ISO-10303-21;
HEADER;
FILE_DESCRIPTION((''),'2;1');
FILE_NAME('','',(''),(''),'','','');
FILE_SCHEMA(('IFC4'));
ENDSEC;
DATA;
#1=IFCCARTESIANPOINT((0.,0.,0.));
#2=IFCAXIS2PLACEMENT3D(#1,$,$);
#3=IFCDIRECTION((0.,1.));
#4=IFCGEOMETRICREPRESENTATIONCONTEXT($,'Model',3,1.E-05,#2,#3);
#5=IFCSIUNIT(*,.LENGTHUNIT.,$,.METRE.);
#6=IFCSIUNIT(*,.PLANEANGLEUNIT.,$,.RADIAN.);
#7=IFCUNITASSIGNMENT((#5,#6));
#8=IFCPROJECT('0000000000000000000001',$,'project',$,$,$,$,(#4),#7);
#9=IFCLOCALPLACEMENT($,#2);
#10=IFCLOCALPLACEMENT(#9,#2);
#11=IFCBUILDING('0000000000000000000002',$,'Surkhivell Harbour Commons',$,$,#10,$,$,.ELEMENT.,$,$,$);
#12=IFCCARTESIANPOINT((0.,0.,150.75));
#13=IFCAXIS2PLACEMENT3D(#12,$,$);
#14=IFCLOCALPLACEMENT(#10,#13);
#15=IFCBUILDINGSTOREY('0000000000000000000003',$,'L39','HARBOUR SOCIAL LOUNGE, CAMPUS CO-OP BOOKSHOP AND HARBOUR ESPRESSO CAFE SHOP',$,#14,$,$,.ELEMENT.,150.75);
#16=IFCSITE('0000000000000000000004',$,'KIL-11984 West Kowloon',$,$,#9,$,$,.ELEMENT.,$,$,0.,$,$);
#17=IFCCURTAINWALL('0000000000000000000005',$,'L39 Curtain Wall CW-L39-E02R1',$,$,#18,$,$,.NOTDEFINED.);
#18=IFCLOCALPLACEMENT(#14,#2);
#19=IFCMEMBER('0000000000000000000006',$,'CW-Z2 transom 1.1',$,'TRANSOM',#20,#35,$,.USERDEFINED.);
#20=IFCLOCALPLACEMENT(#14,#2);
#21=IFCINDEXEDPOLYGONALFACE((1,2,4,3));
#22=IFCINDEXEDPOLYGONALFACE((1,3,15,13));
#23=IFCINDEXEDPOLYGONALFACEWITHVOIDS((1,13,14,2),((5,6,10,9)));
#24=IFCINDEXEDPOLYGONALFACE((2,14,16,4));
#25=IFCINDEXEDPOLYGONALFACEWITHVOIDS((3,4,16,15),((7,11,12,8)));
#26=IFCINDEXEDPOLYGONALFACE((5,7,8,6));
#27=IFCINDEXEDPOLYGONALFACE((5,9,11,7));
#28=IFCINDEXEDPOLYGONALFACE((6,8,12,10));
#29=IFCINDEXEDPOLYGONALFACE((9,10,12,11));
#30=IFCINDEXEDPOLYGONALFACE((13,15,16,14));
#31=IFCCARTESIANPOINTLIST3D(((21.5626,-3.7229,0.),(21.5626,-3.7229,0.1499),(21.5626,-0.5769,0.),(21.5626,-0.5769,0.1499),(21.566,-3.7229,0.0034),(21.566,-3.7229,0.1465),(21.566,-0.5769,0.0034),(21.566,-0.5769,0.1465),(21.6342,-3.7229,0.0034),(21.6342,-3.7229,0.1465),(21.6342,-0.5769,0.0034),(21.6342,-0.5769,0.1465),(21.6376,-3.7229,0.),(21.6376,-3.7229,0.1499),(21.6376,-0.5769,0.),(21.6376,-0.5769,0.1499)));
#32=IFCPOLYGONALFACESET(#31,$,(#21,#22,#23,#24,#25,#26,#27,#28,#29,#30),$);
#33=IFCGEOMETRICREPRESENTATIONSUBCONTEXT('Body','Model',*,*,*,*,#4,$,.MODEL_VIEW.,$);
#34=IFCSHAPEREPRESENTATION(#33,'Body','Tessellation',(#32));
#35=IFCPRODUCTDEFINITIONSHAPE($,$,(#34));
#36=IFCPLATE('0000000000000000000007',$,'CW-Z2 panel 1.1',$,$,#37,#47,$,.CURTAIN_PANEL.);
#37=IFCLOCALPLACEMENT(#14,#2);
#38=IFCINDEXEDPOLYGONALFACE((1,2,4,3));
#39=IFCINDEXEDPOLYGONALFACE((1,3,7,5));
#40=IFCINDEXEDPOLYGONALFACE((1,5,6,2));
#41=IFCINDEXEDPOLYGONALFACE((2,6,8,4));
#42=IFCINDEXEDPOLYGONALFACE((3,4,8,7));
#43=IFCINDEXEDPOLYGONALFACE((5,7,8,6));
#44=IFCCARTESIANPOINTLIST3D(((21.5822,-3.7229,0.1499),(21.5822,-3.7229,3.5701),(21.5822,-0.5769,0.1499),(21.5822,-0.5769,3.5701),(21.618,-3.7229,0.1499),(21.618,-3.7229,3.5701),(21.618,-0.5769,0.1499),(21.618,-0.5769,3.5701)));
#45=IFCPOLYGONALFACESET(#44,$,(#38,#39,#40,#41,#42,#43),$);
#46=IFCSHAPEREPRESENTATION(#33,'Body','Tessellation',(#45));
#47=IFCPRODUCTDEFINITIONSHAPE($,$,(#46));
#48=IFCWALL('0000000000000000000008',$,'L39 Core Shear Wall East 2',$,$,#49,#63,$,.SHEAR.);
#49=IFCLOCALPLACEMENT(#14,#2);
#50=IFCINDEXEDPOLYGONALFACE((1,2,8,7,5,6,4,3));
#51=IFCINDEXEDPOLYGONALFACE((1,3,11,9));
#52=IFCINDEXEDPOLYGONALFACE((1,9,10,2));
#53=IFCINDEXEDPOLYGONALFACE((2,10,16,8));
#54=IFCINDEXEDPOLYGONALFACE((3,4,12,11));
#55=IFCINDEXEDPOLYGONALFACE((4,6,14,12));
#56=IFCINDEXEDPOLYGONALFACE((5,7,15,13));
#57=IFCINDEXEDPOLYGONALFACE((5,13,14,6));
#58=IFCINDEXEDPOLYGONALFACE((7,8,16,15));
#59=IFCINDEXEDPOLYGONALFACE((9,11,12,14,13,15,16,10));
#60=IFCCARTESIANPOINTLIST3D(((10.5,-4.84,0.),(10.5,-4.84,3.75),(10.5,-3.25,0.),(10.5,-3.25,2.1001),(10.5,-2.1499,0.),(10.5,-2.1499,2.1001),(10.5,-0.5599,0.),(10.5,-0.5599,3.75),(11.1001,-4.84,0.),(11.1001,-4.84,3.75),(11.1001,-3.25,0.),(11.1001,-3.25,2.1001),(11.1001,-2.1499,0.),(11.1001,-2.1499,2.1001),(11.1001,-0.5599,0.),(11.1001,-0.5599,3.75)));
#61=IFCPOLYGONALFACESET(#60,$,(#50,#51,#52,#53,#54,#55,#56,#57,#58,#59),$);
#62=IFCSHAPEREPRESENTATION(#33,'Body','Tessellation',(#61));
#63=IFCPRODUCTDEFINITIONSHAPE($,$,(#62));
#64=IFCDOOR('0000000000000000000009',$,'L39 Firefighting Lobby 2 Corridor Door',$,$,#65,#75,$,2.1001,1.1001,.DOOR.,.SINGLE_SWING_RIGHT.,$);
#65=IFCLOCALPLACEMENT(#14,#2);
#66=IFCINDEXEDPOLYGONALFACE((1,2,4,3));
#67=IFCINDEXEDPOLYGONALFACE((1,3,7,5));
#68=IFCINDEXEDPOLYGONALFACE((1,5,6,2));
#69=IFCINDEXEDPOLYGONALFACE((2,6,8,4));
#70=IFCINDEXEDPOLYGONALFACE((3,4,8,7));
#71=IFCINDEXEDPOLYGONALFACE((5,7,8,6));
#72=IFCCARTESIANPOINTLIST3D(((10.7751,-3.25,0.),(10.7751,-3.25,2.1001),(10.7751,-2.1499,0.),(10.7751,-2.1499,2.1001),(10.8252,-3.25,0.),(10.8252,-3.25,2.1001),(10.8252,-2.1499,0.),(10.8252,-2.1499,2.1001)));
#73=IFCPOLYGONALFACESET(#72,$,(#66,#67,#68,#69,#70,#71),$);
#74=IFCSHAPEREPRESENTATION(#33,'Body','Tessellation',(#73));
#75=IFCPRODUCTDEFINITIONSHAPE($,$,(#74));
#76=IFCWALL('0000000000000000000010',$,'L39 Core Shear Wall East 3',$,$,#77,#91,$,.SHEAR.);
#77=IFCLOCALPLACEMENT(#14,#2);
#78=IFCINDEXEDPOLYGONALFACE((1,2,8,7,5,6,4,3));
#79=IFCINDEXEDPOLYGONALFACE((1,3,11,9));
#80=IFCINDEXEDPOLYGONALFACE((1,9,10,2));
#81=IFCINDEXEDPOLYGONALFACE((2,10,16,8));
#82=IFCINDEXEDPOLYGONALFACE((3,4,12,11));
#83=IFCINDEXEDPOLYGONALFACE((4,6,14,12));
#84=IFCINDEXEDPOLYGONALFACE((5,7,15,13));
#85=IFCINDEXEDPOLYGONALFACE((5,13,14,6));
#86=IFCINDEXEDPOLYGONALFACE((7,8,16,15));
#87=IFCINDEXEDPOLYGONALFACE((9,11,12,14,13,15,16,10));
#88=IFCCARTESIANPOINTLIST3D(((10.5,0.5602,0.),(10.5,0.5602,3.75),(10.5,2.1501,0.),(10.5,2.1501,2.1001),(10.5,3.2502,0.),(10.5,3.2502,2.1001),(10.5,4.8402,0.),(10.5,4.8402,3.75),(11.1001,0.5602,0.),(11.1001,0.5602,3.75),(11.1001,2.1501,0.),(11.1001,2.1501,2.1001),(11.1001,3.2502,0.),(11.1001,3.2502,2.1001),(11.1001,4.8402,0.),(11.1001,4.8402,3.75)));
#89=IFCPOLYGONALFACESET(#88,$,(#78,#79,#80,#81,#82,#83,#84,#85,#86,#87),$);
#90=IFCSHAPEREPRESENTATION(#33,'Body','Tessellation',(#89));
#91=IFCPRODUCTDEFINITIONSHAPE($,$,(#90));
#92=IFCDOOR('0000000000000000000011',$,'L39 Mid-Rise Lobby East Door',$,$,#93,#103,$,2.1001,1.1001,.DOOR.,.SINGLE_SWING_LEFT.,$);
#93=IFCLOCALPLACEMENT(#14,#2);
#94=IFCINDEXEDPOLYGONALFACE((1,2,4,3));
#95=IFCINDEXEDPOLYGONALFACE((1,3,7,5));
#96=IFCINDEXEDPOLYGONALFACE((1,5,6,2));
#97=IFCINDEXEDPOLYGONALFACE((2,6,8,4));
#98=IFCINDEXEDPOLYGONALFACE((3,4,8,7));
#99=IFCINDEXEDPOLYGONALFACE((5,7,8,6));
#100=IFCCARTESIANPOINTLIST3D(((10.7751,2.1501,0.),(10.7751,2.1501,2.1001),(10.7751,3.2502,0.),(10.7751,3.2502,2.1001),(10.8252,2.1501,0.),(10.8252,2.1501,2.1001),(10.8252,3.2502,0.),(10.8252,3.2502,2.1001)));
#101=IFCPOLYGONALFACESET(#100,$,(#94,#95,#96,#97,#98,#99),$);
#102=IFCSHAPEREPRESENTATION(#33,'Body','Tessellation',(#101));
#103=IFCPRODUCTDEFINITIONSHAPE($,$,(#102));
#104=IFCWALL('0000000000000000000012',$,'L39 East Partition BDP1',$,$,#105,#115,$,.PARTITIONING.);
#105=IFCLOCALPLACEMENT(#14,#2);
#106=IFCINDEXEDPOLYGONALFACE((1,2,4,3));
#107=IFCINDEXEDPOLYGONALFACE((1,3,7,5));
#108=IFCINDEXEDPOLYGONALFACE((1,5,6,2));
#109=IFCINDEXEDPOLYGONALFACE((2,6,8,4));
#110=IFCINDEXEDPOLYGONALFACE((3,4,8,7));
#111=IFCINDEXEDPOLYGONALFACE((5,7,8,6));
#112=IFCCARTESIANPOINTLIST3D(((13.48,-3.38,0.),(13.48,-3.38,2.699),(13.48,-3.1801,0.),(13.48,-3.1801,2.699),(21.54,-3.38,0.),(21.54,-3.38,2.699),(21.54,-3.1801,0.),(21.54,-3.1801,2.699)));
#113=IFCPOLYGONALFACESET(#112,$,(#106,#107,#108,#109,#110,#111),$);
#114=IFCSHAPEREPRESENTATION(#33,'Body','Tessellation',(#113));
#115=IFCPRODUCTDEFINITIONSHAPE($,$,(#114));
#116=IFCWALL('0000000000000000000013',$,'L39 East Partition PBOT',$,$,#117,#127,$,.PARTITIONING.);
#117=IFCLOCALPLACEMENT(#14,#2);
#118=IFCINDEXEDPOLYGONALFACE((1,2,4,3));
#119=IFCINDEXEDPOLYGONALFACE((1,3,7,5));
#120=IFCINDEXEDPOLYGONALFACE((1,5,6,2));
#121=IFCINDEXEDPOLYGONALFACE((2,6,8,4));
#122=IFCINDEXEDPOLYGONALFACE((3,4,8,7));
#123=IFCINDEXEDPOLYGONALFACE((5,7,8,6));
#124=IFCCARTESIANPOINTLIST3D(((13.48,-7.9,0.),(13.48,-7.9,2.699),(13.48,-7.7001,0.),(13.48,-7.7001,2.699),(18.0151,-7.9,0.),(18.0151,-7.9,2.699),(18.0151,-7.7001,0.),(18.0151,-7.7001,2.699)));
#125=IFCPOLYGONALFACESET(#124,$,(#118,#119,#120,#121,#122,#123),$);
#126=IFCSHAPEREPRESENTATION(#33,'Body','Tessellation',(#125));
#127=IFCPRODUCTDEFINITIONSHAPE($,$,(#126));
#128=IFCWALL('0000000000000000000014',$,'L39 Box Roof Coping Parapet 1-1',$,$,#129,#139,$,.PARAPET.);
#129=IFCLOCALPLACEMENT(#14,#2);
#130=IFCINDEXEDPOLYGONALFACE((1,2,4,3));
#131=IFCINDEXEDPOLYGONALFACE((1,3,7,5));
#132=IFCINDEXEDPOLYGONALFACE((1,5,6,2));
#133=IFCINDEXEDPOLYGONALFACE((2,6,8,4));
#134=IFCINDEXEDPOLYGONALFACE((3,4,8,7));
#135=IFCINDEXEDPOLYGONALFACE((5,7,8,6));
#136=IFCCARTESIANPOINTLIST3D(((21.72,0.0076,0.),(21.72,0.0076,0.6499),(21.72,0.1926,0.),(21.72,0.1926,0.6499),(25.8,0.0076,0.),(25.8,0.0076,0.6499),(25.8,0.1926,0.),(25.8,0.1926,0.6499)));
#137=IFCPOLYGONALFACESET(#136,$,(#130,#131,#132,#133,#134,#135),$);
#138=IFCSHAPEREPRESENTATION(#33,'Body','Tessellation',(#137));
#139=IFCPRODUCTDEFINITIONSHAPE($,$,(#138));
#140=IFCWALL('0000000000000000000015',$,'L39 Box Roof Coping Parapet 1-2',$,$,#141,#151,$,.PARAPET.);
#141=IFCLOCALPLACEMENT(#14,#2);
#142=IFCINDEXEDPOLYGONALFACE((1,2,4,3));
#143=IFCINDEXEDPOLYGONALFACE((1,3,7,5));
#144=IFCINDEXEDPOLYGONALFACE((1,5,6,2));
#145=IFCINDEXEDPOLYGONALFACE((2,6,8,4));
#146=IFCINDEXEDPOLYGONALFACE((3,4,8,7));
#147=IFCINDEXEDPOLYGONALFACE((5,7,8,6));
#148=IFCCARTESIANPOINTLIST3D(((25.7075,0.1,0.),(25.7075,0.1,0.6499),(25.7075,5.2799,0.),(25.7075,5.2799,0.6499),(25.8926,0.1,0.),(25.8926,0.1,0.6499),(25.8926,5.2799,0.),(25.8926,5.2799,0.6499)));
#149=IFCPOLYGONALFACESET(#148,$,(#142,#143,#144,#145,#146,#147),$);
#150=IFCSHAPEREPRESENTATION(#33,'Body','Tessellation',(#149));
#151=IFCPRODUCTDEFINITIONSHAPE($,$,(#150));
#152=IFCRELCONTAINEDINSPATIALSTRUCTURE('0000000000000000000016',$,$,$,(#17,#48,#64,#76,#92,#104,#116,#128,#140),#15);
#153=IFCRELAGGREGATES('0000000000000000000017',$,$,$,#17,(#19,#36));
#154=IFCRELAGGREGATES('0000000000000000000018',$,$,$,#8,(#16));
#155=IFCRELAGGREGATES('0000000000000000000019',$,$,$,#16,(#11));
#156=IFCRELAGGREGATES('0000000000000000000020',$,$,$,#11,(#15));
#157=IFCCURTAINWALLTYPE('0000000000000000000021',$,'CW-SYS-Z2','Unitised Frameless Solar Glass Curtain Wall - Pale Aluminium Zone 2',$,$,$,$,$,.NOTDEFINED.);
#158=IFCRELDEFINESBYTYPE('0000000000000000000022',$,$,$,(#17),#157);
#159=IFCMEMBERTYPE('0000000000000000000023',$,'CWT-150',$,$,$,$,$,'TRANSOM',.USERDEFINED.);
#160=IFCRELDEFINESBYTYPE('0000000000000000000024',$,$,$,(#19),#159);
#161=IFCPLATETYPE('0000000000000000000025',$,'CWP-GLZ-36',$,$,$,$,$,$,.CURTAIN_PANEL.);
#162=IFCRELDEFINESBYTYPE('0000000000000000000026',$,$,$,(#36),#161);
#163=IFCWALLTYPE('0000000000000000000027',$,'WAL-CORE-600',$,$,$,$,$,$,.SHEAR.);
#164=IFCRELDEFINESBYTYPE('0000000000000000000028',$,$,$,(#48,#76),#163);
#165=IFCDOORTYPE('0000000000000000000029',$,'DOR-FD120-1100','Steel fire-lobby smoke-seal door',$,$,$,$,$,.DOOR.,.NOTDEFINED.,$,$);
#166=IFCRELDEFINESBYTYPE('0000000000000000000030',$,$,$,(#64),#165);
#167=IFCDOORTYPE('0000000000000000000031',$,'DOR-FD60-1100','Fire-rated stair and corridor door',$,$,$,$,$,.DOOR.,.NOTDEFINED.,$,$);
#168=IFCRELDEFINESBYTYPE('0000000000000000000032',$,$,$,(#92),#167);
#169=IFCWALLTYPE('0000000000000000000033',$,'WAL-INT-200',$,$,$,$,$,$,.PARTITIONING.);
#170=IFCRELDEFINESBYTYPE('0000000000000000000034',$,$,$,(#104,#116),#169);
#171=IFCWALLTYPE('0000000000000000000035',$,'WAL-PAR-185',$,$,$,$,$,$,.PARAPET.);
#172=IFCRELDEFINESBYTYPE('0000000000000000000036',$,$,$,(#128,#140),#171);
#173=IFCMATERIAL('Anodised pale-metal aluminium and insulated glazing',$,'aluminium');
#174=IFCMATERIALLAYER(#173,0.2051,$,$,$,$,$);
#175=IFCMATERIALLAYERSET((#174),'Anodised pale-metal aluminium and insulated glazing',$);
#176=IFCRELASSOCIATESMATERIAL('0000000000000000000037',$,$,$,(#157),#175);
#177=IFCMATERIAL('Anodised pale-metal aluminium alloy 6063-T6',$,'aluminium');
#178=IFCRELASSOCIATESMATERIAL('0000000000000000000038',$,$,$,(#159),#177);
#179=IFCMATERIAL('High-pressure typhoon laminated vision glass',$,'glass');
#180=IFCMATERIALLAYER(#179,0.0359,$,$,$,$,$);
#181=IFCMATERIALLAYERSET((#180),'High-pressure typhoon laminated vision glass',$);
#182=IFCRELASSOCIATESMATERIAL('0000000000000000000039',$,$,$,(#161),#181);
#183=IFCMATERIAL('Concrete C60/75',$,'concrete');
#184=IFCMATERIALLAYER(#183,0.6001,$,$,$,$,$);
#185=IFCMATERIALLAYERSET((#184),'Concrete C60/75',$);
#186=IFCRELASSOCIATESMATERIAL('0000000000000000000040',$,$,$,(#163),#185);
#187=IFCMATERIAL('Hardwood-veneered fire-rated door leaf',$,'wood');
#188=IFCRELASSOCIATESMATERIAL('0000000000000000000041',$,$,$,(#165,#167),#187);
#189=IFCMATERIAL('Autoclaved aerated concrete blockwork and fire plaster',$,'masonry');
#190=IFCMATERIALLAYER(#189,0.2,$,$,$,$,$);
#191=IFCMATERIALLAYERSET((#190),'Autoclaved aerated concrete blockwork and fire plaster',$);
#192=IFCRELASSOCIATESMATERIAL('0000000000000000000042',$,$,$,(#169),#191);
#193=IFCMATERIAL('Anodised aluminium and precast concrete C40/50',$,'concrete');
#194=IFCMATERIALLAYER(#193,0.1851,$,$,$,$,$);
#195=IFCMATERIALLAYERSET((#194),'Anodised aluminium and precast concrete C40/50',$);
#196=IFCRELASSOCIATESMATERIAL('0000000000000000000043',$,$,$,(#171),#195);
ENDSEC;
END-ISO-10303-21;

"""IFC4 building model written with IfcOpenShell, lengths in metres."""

from ifc_helpers import new_model, si_unit, direction, frame, frame_2d, origin, origin_2d, place, context, subcontext, project, spatial, rectangle, hollow_rectangle, extrude, material, layer, layer_set, material_profile, profile_set, type_object, element, fill, aggregate, save


model = new_model("IFC4")

# Units and contexts
model_context = context("Model", 3, precision=1e-05, world=origin(), true_north=direction((0.0, 1.0)))
body_context = subcontext(model_context, "Body", "Model", "MODEL_VIEW")
ifc_project = project(units=[si_unit("LENGTHUNIT", "METRE"), si_unit("PLANEANGLEUNIT", "RADIAN")], contexts=[model_context])

# Site, building, storey
site_placement = place(None, origin())
site = spatial("IfcSite", under=ifc_project, at=site_placement, Name="KIL-11984 West Kowloon", CompositionType="ELEMENT", RefElevation=0.0)
building_placement = place(site_placement, origin())
building = spatial("IfcBuilding", under=site, at=building_placement, Name="Surkhivell Harbour Commons", CompositionType="ELEMENT")
storey_placement = place(building_placement, frame((0.0, 0.0, 150.75)))
storey = spatial("IfcBuildingStorey", under=building, at=storey_placement, Name="L39", Description="HARBOUR SOCIAL LOUNGE, CAMPUS CO-OP BOOKSHOP AND HARBOUR ESPRESSO CAFE SHOP", CompositionType="ELEMENT", Elevation=150.75)

# Shared definitions
ifc_material_1 = material(Name="Concrete C60/75", Category="concrete")

# Shared definitions
ifc_material_2 = material(Name="Anodised pale-metal aluminium and insulated glazing", Category="aluminium")
ifc_layer_1 = layer(ifc_material_2, 0.2051)
ifc_layer_set_1 = layer_set([ifc_layer_1], Name="Anodised pale-metal aluminium and insulated glazing")
curtain_wall_type = type_object("IfcCurtainWallType", Name="CW-SYS-Z2", Description="Unitised Frameless Solar Glass Curtain Wall - Pale Aluminium Zone 2", PredefinedType="NOTDEFINED", material=ifc_layer_set_1)
ifc_material_3 = material(Name="Anodised pale-metal aluminium alloy 6063-T6", Category="aluminium")

# Curtain wall, member, plate
curtain_wall_1_placement = place(storey_placement, origin())
curtain_wall_1 = element("IfcCurtainWall", 1, at=curtain_wall_1_placement, inside=storey, type_object=curtain_wall_type, Name="L39 Curtain Wall CW-L39-E02R1", PredefinedType="NOTDEFINED")
ifc_material_profile_1 = material_profile(ifc_material_3, hollow_rectangle(XDim=0.075, YDim=0.1499, WallThickness=0.0034, at=origin_2d()), Name="ALU-TRAN-75x150")
ifc_profile_set_1 = profile_set([ifc_material_profile_1], Name="Anodised pale-metal aluminium alloy 6063-T6")
member_type_1 = type_object("IfcMemberType", Name="CWT-150", ElementType="TRANSOM", PredefinedType="USERDEFINED", material=ifc_profile_set_1)
member_1_placement = place(storey_placement, frame((21.6001, -3.7229, 0.075), z_axis=(0.0, 1.0, 0.0), x_axis=(-1.0, 0.0, 0.0)))
member_1 = element("IfcMember", 2, at=member_1_placement, type_object=member_type_1, Name="CW-Z2 transom 1.1", ObjectType="TRANSOM", PredefinedType="USERDEFINED", context=body_context, shape_type="SweptSolid", body=[
    extrude(hollow_rectangle(XDim=0.075, YDim=0.1499, WallThickness=0.0034, at=origin_2d()), origin(), (0.0, 0.0, 1.0), 3.146),
])
ifc_material_4 = material(Name="High-pressure typhoon laminated vision glass", Category="glass")
ifc_layer_2 = layer(ifc_material_4, 0.0359)
ifc_layer_set_2 = layer_set([ifc_layer_2], Name="High-pressure typhoon laminated vision glass")
plate_type = type_object("IfcPlateType", Name="CWP-GLZ-36", PredefinedType="CURTAIN_PANEL", material=ifc_layer_set_2)
plate_placement = place(storey_placement, frame((21.6001, -3.7229, 0.1499), z_axis=(0.0, 0.0, 1.0), x_axis=(0.0, 1.0, 0.0)))
plate = element("IfcPlate", 3, at=plate_placement, type_object=plate_type, Name="CW-Z2 panel 1.1", PredefinedType="CURTAIN_PANEL", context=body_context, shape_type="SweptSolid", body=[
    extrude(rectangle(XDim=3.146, YDim=0.0359, at=frame_2d((1.573, 0.0))), origin(), (0.0, 0.0, 1.0), 3.4202),
])
aggregate(curtain_wall_1, [member_1, plate])

# Walls, openings, doors
ifc_layer_3 = layer(ifc_material_1, 0.6001)
ifc_layer_set_3 = layer_set([ifc_layer_3], Name="Concrete C60/75")
wall_type_1 = type_object("IfcWallType", Name="WAL-CORE-600", PredefinedType="SHEAR", material=ifc_layer_set_3)
wall_1_placement = place(storey_placement, frame((10.8, -4.8401, 0.0), z_axis=(0.0, 0.0, 1.0), x_axis=(0.0, 1.0, 0.0)))
wall_1 = element("IfcWall", 4, at=wall_1_placement, inside=storey, type_object=wall_type_1, Name="L39 Core Shear Wall East 2", PredefinedType="SHEAR", context=body_context, shape_type="SweptSolid", body=[
    extrude(rectangle(XDim=4.28, YDim=0.6001, at=frame_2d((2.1401, 0.0))), origin(), (0.0, 0.0, 1.0), 3.75),
])
opening_1_placement = place(wall_1_placement, frame((1.5901, 0.0, 0.0)))
opening_1 = element("IfcOpeningElement", 5, at=opening_1_placement, cuts=wall_1, PredefinedType="OPENING", context=body_context, shape_type="SweptSolid", body=[
    extrude(rectangle(XDim=1.1001, YDim=2.1001, at=frame_2d((0.55, 1.05))), frame((0.0, 0.3101, 0.0), z_axis=(0.0, -1.0, 0.0), x_axis=(1.0, 0.0, 0.0)), (0.0, 0.0, 1.0), 0.6201),
])
ifc_material_5 = material(Name="Hardwood-veneered fire-rated door leaf", Category="wood")
door_type_1 = type_object("IfcDoorType", Name="DOR-FD120-1100", Description="Steel fire-lobby smoke-seal door", OperationType="NOTDEFINED", PredefinedType="DOOR", material=ifc_material_5)
door_1_placement = place(opening_1_placement, origin())
door_1 = element("IfcDoor", 6, at=door_1_placement, inside=storey, type_object=door_type_1, Name="L39 Firefighting Lobby 2 Corridor Door", OperationType="SINGLE_SWING_RIGHT", OverallHeight=2.1001, OverallWidth=1.1001, PredefinedType="DOOR", context=body_context, shape_type="SweptSolid", body=[
    extrude(rectangle(XDim=1.1001, YDim=2.1001, at=frame_2d((0.55, 1.05))), frame((0.0, 0.0249, 0.0), z_axis=(0.0, -1.0, 0.0), x_axis=(1.0, 0.0, 0.0)), (0.0, 0.0, 1.0), 0.05),
])
fill(opening_1, door_1)
wall_2_placement = place(storey_placement, frame((10.8, 0.5601, 0.0), z_axis=(0.0, 0.0, 1.0), x_axis=(0.0, 1.0, 0.0)))
wall_2 = element("IfcWall", 7, at=wall_2_placement, inside=storey, type_object=wall_type_1, Name="L39 Core Shear Wall East 3", PredefinedType="SHEAR", context=body_context, shape_type="SweptSolid", body=[
    extrude(rectangle(XDim=4.28, YDim=0.6001, at=frame_2d((2.1401, 0.0))), origin(), (0.0, 0.0, 1.0), 3.75),
])
opening_2_placement = place(wall_2_placement, frame((1.5901, 0.0, 0.0)))
opening_2 = element("IfcOpeningElement", 8, at=opening_2_placement, cuts=wall_2, PredefinedType="OPENING", context=body_context, shape_type="SweptSolid", body=[
    extrude(rectangle(XDim=1.1001, YDim=2.1001, at=frame_2d((0.55, 1.05))), frame((0.0, 0.3101, 0.0), z_axis=(0.0, -1.0, 0.0), x_axis=(1.0, 0.0, 0.0)), (0.0, 0.0, 1.0), 0.6201),
])
door_type_2 = type_object("IfcDoorType", Name="DOR-FD60-1100", Description="Fire-rated stair and corridor door", OperationType="NOTDEFINED", PredefinedType="DOOR", material=ifc_material_5)
door_2_placement = place(opening_2_placement, origin())
door_2 = element("IfcDoor", 9, at=door_2_placement, inside=storey, type_object=door_type_2, Name="L39 Mid-Rise Lobby East Door", OperationType="SINGLE_SWING_LEFT", OverallHeight=2.1001, OverallWidth=1.1001, PredefinedType="DOOR", context=body_context, shape_type="SweptSolid", body=[
    extrude(rectangle(XDim=1.1001, YDim=2.1001, at=frame_2d((0.55, 1.05))), frame((0.0, 0.0249, 0.0), z_axis=(0.0, -1.0, 0.0), x_axis=(1.0, 0.0, 0.0)), (0.0, 0.0, 1.0), 0.05),
])
fill(opening_2, door_2)

# Walls
ifc_material_6 = material(Name="Autoclaved aerated concrete blockwork and fire plaster", Category="masonry")
ifc_layer_4 = layer(ifc_material_6, 0.2)
ifc_layer_set_4 = layer_set([ifc_layer_4], Name="Autoclaved aerated concrete blockwork and fire plaster")
wall_type_2 = type_object("IfcWallType", Name="WAL-INT-200", PredefinedType="PARTITIONING", material=ifc_layer_set_4)
wall_3_placement = place(storey_placement, frame((13.48, -3.28, 0.0), z_axis=(0.0, 0.0, 1.0), x_axis=(1.0, 0.0, 0.0)))
element("IfcWall", 10, at=wall_3_placement, inside=storey, type_object=wall_type_2, Name="L39 East Partition BDP1", PredefinedType="PARTITIONING", context=body_context, shape_type="SweptSolid", body=[
    extrude(rectangle(XDim=8.0601, YDim=0.2, at=frame_2d((4.03, 0.0))), origin(), (0.0, 0.0, 1.0), 2.699),
])
wall_4_placement = place(storey_placement, frame((13.48, -7.8, 0.0), z_axis=(0.0, 0.0, 1.0), x_axis=(1.0, 0.0, 0.0)))
element("IfcWall", 11, at=wall_4_placement, inside=storey, type_object=wall_type_2, Name="L39 East Partition PBOT", PredefinedType="PARTITIONING", context=body_context, shape_type="SweptSolid", body=[
    extrude(rectangle(XDim=4.5352, YDim=0.2, at=frame_2d((2.2676, 0.0))), origin(), (0.0, 0.0, 1.0), 2.699),
])
ifc_material_7 = material(Name="Anodised aluminium and precast concrete C40/50", Category="concrete")
ifc_layer_5 = layer(ifc_material_7, 0.1851)
ifc_layer_set_5 = layer_set([ifc_layer_5], Name="Anodised aluminium and precast concrete C40/50")
wall_type_3 = type_object("IfcWallType", Name="WAL-PAR-185", PredefinedType="PARAPET", material=ifc_layer_set_5)
wall_5_placement = place(storey_placement, frame((21.72, 0.1001, 0.0), z_axis=(0.0, 0.0, 1.0), x_axis=(1.0, 0.0, 0.0)))
element("IfcWall", 12, at=wall_5_placement, inside=storey, type_object=wall_type_3, Name="L39 Box Roof Coping Parapet 1-1", PredefinedType="PARAPET", context=body_context, shape_type="SweptSolid", body=[
    extrude(rectangle(XDim=4.0801, YDim=0.1851, at=frame_2d((2.04, 0.0))), origin(), (0.0, 0.0, 1.0), 0.6499),
])
wall_6_placement = place(storey_placement, frame((25.8, 0.1001, 0.0), z_axis=(0.0, 0.0, 1.0), x_axis=(0.0, 1.0, 0.0)))
element("IfcWall", 13, at=wall_6_placement, inside=storey, type_object=wall_type_3, Name="L39 Box Roof Coping Parapet 1-2", PredefinedType="PARAPET", context=body_context, shape_type="SweptSolid", body=[
    extrude(rectangle(XDim=5.1799, YDim=0.1851, at=frame_2d((2.5898, 0.0))), origin(), (0.0, 0.0, 1.0), 0.6499),
])

save(model, "model.ifc")
